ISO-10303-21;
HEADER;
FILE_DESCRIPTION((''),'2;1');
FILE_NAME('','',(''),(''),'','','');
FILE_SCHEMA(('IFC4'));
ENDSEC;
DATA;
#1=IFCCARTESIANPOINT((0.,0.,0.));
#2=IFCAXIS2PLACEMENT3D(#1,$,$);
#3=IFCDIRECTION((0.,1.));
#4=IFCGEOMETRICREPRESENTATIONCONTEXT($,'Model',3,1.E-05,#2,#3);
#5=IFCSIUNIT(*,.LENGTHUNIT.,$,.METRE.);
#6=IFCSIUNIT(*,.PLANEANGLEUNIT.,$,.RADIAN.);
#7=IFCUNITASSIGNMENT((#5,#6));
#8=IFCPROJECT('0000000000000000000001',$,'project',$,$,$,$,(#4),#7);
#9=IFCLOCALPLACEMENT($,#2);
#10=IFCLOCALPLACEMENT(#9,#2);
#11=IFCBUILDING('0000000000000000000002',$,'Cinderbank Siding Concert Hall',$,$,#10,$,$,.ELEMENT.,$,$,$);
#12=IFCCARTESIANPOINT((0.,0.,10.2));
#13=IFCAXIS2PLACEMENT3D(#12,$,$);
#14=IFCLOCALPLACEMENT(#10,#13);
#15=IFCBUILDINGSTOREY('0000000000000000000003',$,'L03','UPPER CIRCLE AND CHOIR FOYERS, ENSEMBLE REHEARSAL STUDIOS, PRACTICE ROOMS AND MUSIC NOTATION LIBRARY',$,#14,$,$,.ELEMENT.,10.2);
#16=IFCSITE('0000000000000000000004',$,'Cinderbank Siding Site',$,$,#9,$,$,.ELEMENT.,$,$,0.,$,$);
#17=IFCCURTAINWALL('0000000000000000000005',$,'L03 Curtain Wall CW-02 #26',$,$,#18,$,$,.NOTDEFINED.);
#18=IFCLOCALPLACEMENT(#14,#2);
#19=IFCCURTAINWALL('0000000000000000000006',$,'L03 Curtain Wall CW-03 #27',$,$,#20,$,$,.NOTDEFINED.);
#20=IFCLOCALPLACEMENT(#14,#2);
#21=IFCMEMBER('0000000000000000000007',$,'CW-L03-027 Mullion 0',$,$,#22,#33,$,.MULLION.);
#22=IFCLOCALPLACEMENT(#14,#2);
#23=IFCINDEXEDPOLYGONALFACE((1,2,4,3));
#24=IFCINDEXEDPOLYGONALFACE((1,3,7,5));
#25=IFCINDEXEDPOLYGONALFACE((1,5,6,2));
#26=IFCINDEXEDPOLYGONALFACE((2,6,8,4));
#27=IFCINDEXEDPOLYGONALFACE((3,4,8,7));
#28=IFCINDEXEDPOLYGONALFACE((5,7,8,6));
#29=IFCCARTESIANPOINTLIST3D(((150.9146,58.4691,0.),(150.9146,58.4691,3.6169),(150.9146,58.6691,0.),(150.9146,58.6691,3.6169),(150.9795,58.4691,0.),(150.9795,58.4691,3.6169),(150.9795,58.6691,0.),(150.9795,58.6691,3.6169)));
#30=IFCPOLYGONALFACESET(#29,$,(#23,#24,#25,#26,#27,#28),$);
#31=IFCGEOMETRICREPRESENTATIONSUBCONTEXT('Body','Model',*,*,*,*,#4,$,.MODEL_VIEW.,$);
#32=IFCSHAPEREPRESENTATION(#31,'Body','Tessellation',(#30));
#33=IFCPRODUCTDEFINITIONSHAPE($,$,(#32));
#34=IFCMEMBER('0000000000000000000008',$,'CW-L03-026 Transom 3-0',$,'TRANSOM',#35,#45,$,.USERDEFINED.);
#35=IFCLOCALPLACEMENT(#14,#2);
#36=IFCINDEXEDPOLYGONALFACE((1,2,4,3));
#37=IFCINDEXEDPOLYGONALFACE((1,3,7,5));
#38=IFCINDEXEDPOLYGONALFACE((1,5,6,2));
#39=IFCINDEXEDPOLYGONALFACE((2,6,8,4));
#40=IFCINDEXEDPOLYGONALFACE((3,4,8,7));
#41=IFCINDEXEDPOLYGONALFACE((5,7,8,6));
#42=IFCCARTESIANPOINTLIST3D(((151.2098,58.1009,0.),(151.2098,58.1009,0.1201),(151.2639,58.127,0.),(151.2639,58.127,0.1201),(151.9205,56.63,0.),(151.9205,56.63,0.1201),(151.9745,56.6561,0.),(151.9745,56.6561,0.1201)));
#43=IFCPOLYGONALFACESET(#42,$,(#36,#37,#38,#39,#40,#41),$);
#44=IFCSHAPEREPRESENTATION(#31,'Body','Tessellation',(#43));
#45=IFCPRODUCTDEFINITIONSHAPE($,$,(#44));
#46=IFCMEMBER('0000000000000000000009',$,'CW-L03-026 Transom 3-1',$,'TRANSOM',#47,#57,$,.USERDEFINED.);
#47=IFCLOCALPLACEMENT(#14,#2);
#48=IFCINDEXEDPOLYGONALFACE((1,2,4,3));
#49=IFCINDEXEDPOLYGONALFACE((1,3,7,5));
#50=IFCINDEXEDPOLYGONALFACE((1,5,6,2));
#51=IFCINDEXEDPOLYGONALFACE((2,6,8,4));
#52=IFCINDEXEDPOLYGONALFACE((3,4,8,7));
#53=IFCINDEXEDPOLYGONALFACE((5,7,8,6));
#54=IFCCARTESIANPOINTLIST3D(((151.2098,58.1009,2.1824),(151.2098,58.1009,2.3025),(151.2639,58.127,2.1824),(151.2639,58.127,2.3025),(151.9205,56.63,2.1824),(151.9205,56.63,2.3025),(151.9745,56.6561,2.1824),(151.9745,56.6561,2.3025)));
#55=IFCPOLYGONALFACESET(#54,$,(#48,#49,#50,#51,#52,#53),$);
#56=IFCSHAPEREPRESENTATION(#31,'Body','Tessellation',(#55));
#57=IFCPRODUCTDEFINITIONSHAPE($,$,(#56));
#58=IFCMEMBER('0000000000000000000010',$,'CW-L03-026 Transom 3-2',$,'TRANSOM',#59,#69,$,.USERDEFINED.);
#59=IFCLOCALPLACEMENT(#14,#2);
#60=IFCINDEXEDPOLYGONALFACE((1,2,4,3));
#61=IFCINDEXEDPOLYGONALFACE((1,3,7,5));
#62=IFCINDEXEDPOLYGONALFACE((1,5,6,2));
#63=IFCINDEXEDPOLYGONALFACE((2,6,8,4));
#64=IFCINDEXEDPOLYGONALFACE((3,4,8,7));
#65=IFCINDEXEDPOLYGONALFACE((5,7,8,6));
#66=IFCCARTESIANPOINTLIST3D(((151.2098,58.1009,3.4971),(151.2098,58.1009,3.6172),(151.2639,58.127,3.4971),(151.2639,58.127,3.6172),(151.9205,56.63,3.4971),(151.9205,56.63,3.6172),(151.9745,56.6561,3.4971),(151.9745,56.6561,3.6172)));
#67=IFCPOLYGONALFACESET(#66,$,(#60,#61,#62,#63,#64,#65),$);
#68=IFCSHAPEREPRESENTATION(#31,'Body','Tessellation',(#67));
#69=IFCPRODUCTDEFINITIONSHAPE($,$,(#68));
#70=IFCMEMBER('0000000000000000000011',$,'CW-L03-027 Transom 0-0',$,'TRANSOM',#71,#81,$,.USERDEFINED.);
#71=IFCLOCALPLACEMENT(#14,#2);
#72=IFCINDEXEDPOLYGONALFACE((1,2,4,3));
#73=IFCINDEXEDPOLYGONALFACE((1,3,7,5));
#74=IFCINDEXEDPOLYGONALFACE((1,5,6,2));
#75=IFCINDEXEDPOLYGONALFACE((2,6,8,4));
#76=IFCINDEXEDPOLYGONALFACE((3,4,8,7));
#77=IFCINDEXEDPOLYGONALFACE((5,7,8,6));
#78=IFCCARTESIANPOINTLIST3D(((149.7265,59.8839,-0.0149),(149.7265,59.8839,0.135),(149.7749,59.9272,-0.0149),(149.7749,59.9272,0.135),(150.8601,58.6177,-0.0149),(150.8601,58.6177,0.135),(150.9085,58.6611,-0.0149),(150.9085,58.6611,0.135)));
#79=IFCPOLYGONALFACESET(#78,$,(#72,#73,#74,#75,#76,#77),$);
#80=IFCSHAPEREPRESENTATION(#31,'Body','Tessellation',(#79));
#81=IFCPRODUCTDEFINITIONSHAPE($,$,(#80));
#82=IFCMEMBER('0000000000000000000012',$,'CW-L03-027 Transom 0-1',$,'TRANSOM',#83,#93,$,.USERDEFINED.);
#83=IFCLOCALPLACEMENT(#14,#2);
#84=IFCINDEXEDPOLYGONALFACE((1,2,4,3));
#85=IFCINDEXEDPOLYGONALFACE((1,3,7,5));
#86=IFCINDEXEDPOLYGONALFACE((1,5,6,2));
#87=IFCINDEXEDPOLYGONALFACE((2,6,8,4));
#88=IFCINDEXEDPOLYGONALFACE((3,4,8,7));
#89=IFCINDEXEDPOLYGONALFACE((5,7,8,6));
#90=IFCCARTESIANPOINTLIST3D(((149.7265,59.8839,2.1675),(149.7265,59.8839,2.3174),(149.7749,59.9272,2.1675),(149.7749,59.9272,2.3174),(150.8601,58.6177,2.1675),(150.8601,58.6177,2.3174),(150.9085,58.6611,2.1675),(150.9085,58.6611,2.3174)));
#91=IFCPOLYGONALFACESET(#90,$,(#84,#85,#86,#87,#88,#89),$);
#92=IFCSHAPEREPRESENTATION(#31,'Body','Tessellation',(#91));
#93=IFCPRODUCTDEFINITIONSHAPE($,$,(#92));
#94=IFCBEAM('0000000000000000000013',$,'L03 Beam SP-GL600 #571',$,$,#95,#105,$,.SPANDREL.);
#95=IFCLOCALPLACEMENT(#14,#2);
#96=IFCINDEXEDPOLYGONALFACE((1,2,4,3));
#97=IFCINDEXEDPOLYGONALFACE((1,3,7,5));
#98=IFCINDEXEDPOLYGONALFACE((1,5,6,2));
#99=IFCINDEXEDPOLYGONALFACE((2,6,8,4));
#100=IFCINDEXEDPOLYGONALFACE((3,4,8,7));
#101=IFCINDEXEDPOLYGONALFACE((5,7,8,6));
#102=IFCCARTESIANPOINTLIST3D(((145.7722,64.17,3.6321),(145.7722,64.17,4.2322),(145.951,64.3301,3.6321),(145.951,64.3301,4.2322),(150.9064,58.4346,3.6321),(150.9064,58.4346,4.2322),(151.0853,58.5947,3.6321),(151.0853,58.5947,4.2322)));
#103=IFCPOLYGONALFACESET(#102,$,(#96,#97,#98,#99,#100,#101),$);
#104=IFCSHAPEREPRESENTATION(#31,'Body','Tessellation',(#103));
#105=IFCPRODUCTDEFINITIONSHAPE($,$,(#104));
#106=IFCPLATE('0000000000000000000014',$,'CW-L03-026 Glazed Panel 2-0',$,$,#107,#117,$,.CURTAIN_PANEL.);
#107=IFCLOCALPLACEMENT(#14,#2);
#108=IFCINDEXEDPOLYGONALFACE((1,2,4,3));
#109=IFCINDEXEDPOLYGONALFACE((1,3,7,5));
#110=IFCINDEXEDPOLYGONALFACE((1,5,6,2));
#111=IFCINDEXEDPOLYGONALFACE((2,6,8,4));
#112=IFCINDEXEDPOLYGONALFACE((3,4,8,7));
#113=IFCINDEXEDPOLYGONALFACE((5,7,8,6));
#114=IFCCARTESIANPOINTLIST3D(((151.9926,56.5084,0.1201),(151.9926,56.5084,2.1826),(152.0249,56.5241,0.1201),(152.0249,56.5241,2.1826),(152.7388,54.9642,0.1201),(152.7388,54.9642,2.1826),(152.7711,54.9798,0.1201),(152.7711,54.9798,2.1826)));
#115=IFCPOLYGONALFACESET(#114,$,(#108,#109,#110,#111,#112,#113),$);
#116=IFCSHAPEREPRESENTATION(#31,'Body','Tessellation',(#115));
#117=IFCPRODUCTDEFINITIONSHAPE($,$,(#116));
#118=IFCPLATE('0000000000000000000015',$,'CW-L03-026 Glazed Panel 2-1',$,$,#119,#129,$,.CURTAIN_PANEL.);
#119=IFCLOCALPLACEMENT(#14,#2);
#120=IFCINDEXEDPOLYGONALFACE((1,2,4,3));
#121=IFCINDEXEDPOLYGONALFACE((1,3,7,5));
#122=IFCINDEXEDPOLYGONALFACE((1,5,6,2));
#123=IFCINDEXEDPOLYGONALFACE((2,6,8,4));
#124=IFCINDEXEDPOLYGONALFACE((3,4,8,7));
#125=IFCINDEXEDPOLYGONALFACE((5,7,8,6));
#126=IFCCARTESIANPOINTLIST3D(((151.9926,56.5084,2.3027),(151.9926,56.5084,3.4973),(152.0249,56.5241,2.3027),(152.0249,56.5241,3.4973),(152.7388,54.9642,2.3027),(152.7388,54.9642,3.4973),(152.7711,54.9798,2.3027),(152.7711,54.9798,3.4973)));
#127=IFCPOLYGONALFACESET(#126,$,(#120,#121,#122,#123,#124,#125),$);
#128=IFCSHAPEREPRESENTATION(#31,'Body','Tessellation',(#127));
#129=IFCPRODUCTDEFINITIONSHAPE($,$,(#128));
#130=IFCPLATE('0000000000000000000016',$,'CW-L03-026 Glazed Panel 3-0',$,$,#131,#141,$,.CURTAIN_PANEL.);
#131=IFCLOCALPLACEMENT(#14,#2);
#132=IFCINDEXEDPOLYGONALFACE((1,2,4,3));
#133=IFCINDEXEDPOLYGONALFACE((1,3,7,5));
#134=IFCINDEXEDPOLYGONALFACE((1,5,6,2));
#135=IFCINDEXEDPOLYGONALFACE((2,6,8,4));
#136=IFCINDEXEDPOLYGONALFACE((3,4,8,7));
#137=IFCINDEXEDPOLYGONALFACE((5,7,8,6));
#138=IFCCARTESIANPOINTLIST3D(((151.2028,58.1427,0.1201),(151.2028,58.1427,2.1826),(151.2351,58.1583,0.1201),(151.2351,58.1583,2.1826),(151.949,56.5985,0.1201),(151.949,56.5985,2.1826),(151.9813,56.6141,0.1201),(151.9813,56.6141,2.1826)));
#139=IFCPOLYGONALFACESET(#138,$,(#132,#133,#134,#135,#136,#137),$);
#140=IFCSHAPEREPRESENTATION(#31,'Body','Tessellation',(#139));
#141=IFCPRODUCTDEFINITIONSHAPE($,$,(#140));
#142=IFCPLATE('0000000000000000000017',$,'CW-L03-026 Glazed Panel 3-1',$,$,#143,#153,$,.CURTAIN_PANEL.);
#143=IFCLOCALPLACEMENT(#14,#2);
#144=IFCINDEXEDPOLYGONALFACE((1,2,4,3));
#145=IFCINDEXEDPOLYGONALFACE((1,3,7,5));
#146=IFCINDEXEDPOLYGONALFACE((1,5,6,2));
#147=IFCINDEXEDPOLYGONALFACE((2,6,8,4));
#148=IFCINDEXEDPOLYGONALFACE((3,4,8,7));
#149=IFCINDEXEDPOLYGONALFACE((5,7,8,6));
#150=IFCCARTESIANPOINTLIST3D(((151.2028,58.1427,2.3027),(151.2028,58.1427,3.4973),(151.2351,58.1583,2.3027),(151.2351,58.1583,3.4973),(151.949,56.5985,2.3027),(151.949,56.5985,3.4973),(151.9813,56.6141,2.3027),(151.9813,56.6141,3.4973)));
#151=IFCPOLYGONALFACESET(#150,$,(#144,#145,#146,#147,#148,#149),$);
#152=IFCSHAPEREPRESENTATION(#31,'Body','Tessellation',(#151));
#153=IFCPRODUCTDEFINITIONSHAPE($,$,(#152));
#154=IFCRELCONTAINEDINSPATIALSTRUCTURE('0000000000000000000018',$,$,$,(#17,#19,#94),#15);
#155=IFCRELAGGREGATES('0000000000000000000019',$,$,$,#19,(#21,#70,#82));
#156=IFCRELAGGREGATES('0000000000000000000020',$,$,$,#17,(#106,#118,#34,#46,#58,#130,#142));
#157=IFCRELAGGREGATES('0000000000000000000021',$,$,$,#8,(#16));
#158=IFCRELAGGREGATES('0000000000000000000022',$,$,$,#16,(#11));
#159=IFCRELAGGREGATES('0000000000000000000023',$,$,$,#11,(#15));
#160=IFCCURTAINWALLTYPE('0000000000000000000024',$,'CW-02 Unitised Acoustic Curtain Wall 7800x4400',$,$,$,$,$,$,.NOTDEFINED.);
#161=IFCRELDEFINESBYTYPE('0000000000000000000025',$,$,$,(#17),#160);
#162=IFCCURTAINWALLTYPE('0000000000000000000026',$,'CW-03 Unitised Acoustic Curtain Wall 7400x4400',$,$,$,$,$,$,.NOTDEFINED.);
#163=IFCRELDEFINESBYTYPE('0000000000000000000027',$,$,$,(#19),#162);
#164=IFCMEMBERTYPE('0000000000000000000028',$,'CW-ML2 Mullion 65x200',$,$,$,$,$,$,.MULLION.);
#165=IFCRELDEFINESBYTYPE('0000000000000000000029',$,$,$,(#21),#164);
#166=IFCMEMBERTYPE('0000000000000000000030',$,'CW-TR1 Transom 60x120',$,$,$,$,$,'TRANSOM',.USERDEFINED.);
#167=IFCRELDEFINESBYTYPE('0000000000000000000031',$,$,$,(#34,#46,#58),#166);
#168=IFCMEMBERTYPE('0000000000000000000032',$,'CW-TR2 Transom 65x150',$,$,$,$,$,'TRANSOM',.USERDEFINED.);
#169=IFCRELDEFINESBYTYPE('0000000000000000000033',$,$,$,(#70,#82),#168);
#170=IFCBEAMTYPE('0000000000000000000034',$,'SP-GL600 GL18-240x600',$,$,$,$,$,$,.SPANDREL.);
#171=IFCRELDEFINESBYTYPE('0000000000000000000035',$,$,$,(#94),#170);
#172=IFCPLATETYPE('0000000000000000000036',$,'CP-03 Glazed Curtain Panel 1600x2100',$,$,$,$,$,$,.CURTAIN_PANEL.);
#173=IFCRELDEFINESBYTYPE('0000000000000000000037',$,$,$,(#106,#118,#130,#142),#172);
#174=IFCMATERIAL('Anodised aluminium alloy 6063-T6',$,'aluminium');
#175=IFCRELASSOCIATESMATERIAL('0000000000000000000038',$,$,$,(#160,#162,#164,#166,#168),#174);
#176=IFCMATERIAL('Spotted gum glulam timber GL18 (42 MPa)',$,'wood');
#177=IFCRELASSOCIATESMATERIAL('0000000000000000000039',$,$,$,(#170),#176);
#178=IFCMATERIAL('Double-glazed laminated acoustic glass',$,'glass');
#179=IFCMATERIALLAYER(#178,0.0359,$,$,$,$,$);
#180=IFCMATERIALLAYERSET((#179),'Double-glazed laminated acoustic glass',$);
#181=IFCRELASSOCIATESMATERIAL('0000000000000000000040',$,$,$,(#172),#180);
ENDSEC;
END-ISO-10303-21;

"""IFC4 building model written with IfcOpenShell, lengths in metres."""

from ifc_helpers import new_model, si_unit, direction, frame, origin, origin_2d, place, context, subcontext, project, spatial, rectangle, extrude, material, layer, layer_set, material_profile, profile_set, type_object, element, aggregate, save


model = new_model("IFC4")

# Units and contexts
model_context = context("Model", 3, precision=1e-05, world=origin(), true_north=direction((0.0, 1.0)))
body_context = subcontext(model_context, "Body", "Model", "MODEL_VIEW")
ifc_project = project(units=[si_unit("LENGTHUNIT", "METRE"), si_unit("PLANEANGLEUNIT", "RADIAN")], contexts=[model_context])

# Site, building, storey
site_placement = place(None, origin())
site = spatial("IfcSite", under=ifc_project, at=site_placement, Name="Cinderbank Siding Site", CompositionType="ELEMENT", RefElevation=0.0)
building_placement = place(site_placement, origin())
building = spatial("IfcBuilding", under=site, at=building_placement, Name="Cinderbank Siding Concert Hall", CompositionType="ELEMENT")
storey_placement = place(building_placement, frame((0.0, 0.0, 10.2)))
storey = spatial("IfcBuildingStorey", under=building, at=storey_placement, Name="L03", Description="UPPER CIRCLE AND CHOIR FOYERS, ENSEMBLE REHEARSAL STUDIOS, PRACTICE ROOMS AND MUSIC NOTATION LIBRARY", CompositionType="ELEMENT", Elevation=10.2)

# Curtain wall
ifc_material_1 = material(Name="Anodised aluminium alloy 6063-T6", Category="aluminium")
curtain_wall_type_1 = type_object("IfcCurtainWallType", Name="CW-02 Unitised Acoustic Curtain Wall 7800x4400", PredefinedType="NOTDEFINED", material=ifc_material_1)
curtain_wall_1_placement = place(storey_placement, origin())
curtain_wall_1 = element("IfcCurtainWall", 1, at=curtain_wall_1_placement, inside=storey, type_object=curtain_wall_type_1, Name="L03 Curtain Wall CW-02 #26", PredefinedType="NOTDEFINED")

# Curtain wall, member
curtain_wall_type_2 = type_object("IfcCurtainWallType", Name="CW-03 Unitised Acoustic Curtain Wall 7400x4400", PredefinedType="NOTDEFINED", material=ifc_material_1)
curtain_wall_2_placement = place(storey_placement, origin())
curtain_wall_2 = element("IfcCurtainWall", 2, at=curtain_wall_2_placement, inside=storey, type_object=curtain_wall_type_2, Name="L03 Curtain Wall CW-03 #27", PredefinedType="NOTDEFINED")
ifc_material_profile_1 = material_profile(ifc_material_1, rectangle(XDim=0.0649, YDim=0.2, at=origin_2d()), Name="ALU-MULL-65x200", Category="LoadBearing")
ifc_profile_set_1 = profile_set([ifc_material_profile_1], Name="Anodised aluminium alloy 6063-T6")
member_type_1 = type_object("IfcMemberType", Name="CW-ML2 Mullion 65x200", PredefinedType="MULLION", material=ifc_profile_set_1)
member_1_placement = place(storey_placement, frame((150.947, 58.5691, 0.0), z_axis=(0.0, 0.0, 1.0), x_axis=(1.0, 0.0, 0.0)))
member_1 = element("IfcMember", 3, at=member_1_placement, type_object=member_type_1, Name="CW-L03-027 Mullion 0", PredefinedType="MULLION", context=body_context, shape_type="SweptSolid", body=[
    extrude(rectangle(XDim=0.0649, YDim=0.2, at=origin_2d()), origin(), (0.0, 0.0, 1.0), 3.6169),
])

# Members
ifc_material_profile_2 = material_profile(ifc_material_1, rectangle(XDim=0.0601, YDim=0.1201, at=origin_2d()), Name="ALU-TRAN-60x120", Category="LoadBearing")
ifc_profile_set_2 = profile_set([ifc_material_profile_2], Name="Anodised aluminium alloy 6063-T6")
member_type_2 = type_object("IfcMemberType", Name="CW-TR1 Transom 60x120", ElementType="TRANSOM", PredefinedType="USERDEFINED", material=ifc_profile_set_2)
member_2_placement = place(storey_placement, frame((151.9475, 56.6431, 0.0601), z_axis=(-0.435037, 0.900412, 0.0), x_axis=(-0.900412, -0.435037, 0.0)))
member_2 = element("IfcMember", 4, at=member_2_placement, type_object=member_type_2, Name="CW-L03-026 Transom 3-0", ObjectType="TRANSOM", PredefinedType="USERDEFINED", context=body_context, shape_type="SweptSolid", body=[
    extrude(rectangle(XDim=0.0601, YDim=0.1201, at=origin_2d()), origin(), (0.0, 0.0, 1.0), 1.6335),
])
member_3_placement = place(storey_placement, frame((151.9475, 56.6431, 2.2424), z_axis=(-0.435037, 0.900412, 0.0), x_axis=(-0.900412, -0.435037, 0.0)))
member_3 = element("IfcMember", 5, at=member_3_placement, type_object=member_type_2, Name="CW-L03-026 Transom 3-1", ObjectType="TRANSOM", PredefinedType="USERDEFINED", context=body_context, shape_type="SweptSolid", body=[
    extrude(rectangle(XDim=0.0601, YDim=0.1201, at=origin_2d()), origin(), (0.0, 0.0, 1.0), 1.6335),
])
member_4_placement = place(storey_placement, frame((151.9475, 56.6431, 3.5571), z_axis=(-0.435037, 0.900412, 0.0), x_axis=(-0.900412, -0.435037, 0.0)))
member_4 = element("IfcMember", 6, at=member_4_placement, type_object=member_type_2, Name="CW-L03-026 Transom 3-2", ObjectType="TRANSOM", PredefinedType="USERDEFINED", context=body_context, shape_type="SweptSolid", body=[
    extrude(rectangle(XDim=0.0601, YDim=0.1201, at=origin_2d()), origin(), (0.0, 0.0, 1.0), 1.6335),
])
ifc_material_profile_3 = material_profile(ifc_material_1, rectangle(XDim=0.0649, YDim=0.1499, at=origin_2d()), Name="ALU-TRAN-65x150", Category="LoadBearing")
ifc_profile_set_3 = profile_set([ifc_material_profile_3], Name="Anodised aluminium alloy 6063-T6")
member_type_3 = type_object("IfcMemberType", Name="CW-TR2 Transom 65x150", ElementType="TRANSOM", PredefinedType="USERDEFINED", material=ifc_profile_set_3)
member_5_placement = place(storey_placement, frame((150.8843, 58.6394, 0.0601), z_axis=(-0.667026, 0.745035, 0.0), x_axis=(-0.745035, -0.667026, 0.0)))
member_5 = element("IfcMember", 7, at=member_5_placement, type_object=member_type_3, Name="CW-L03-027 Transom 0-0", ObjectType="TRANSOM", PredefinedType="USERDEFINED", context=body_context, shape_type="SweptSolid", body=[
    extrude(rectangle(XDim=0.0649, YDim=0.1499, at=origin_2d()), origin(), (0.0, 0.0, 1.0), 1.6995),
])
member_6_placement = place(storey_placement, frame((150.8843, 58.6394, 2.2424), z_axis=(-0.667026, 0.745035, 0.0), x_axis=(-0.745035, -0.667026, 0.0)))
member_6 = element("IfcMember", 8, at=member_6_placement, type_object=member_type_3, Name="CW-L03-027 Transom 0-1", ObjectType="TRANSOM", PredefinedType="USERDEFINED", context=body_context, shape_type="SweptSolid", body=[
    extrude(rectangle(XDim=0.0649, YDim=0.1499, at=origin_2d()), origin(), (0.0, 0.0, 1.0), 1.6995),
])
aggregate(curtain_wall_2, [member_1, member_5, member_6])

# Beam
ifc_material_2 = material(Name="Spotted gum glulam timber GL18 (42 MPa)", Category="wood")
ifc_material_profile_4 = material_profile(ifc_material_2, rectangle(XDim=0.24, YDim=0.6001, at=origin_2d()), Name="GL18-240x600", Category="LoadBearing")
ifc_profile_set_4 = profile_set([ifc_material_profile_4], Name="Spotted gum glulam timber GL18 (42 MPa)")
beam_type_1 = type_object("IfcBeamType", Name="SP-GL600 GL18-240x600", PredefinedType="SPANDREL", material=ifc_profile_set_4)
beam_1_placement = place(storey_placement, frame((150.9958, 58.5146, 3.9321), z_axis=(-0.666986, 0.74507, 0.0), x_axis=(-0.74507, -0.666986, 0.0)))
element("IfcBeam", 9, at=beam_1_placement, inside=storey, type_object=beam_type_1, Name="L03 Beam SP-GL600 #571", PredefinedType="SPANDREL", context=body_context, shape_type="SweptSolid", body=[
    extrude(rectangle(XDim=0.24, YDim=0.6001, at=origin_2d()), origin(), (0.0, 0.0, 1.0), 7.6978),
])

# Plates
ifc_material_3 = material(Name="Double-glazed laminated acoustic glass", Category="glass")
ifc_layer = layer(ifc_material_3, 0.0359)
ifc_layer_set = layer_set([ifc_layer], Name="Double-glazed laminated acoustic glass")
plate_type = type_object("IfcPlateType", Name="CP-03 Glazed Curtain Panel 1600x2100", PredefinedType="CURTAIN_PANEL", material=ifc_layer_set)
plate_1_placement = place(storey_placement, frame((152.3818, 55.7441, 0.1201), z_axis=(0.0, 0.0, 1.0), x_axis=(-0.435102, 0.900381, 0.0)))
plate_1 = element("IfcPlate", 10, at=plate_1_placement, type_object=plate_type, Name="CW-L03-026 Glazed Panel 2-0", PredefinedType="CURTAIN_PANEL", context=body_context, shape_type="SweptSolid", body=[
    extrude(rectangle(XDim=1.7151, YDim=0.0359, at=origin_2d()), origin(), (0.0, 0.0, 1.0), 2.0625),
])
plate_2_placement = place(storey_placement, frame((152.3818, 55.7441, 2.3027), z_axis=(0.0, 0.0, 1.0), x_axis=(-0.435102, 0.900381, 0.0)))
plate_2 = element("IfcPlate", 11, at=plate_2_placement, type_object=plate_type, Name="CW-L03-026 Glazed Panel 2-1", PredefinedType="CURTAIN_PANEL", context=body_context, shape_type="SweptSolid", body=[
    extrude(rectangle(XDim=1.7151, YDim=0.0359, at=origin_2d()), origin(), (0.0, 0.0, 1.0), 1.1946),
])
plate_3_placement = place(storey_placement, frame((151.592, 57.3784, 0.1201), z_axis=(0.0, 0.0, 1.0), x_axis=(-0.435102, 0.900381, 0.0)))
plate_3 = element("IfcPlate", 12, at=plate_3_placement, type_object=plate_type, Name="CW-L03-026 Glazed Panel 3-0", PredefinedType="CURTAIN_PANEL", context=body_context, shape_type="SweptSolid", body=[
    extrude(rectangle(XDim=1.7151, YDim=0.0359, at=origin_2d()), origin(), (0.0, 0.0, 1.0), 2.0625),
])
plate_4_placement = place(storey_placement, frame((151.592, 57.3784, 2.3027), z_axis=(0.0, 0.0, 1.0), x_axis=(-0.435102, 0.900381, 0.0)))
plate_4 = element("IfcPlate", 13, at=plate_4_placement, type_object=plate_type, Name="CW-L03-026 Glazed Panel 3-1", PredefinedType="CURTAIN_PANEL", context=body_context, shape_type="SweptSolid", body=[
    extrude(rectangle(XDim=1.7151, YDim=0.0359, at=origin_2d()), origin(), (0.0, 0.0, 1.0), 1.1946),
])
aggregate(curtain_wall_1, [plate_1, plate_2, member_2, member_3, member_4, plate_3, plate_4])

save(model, "model.ifc")
